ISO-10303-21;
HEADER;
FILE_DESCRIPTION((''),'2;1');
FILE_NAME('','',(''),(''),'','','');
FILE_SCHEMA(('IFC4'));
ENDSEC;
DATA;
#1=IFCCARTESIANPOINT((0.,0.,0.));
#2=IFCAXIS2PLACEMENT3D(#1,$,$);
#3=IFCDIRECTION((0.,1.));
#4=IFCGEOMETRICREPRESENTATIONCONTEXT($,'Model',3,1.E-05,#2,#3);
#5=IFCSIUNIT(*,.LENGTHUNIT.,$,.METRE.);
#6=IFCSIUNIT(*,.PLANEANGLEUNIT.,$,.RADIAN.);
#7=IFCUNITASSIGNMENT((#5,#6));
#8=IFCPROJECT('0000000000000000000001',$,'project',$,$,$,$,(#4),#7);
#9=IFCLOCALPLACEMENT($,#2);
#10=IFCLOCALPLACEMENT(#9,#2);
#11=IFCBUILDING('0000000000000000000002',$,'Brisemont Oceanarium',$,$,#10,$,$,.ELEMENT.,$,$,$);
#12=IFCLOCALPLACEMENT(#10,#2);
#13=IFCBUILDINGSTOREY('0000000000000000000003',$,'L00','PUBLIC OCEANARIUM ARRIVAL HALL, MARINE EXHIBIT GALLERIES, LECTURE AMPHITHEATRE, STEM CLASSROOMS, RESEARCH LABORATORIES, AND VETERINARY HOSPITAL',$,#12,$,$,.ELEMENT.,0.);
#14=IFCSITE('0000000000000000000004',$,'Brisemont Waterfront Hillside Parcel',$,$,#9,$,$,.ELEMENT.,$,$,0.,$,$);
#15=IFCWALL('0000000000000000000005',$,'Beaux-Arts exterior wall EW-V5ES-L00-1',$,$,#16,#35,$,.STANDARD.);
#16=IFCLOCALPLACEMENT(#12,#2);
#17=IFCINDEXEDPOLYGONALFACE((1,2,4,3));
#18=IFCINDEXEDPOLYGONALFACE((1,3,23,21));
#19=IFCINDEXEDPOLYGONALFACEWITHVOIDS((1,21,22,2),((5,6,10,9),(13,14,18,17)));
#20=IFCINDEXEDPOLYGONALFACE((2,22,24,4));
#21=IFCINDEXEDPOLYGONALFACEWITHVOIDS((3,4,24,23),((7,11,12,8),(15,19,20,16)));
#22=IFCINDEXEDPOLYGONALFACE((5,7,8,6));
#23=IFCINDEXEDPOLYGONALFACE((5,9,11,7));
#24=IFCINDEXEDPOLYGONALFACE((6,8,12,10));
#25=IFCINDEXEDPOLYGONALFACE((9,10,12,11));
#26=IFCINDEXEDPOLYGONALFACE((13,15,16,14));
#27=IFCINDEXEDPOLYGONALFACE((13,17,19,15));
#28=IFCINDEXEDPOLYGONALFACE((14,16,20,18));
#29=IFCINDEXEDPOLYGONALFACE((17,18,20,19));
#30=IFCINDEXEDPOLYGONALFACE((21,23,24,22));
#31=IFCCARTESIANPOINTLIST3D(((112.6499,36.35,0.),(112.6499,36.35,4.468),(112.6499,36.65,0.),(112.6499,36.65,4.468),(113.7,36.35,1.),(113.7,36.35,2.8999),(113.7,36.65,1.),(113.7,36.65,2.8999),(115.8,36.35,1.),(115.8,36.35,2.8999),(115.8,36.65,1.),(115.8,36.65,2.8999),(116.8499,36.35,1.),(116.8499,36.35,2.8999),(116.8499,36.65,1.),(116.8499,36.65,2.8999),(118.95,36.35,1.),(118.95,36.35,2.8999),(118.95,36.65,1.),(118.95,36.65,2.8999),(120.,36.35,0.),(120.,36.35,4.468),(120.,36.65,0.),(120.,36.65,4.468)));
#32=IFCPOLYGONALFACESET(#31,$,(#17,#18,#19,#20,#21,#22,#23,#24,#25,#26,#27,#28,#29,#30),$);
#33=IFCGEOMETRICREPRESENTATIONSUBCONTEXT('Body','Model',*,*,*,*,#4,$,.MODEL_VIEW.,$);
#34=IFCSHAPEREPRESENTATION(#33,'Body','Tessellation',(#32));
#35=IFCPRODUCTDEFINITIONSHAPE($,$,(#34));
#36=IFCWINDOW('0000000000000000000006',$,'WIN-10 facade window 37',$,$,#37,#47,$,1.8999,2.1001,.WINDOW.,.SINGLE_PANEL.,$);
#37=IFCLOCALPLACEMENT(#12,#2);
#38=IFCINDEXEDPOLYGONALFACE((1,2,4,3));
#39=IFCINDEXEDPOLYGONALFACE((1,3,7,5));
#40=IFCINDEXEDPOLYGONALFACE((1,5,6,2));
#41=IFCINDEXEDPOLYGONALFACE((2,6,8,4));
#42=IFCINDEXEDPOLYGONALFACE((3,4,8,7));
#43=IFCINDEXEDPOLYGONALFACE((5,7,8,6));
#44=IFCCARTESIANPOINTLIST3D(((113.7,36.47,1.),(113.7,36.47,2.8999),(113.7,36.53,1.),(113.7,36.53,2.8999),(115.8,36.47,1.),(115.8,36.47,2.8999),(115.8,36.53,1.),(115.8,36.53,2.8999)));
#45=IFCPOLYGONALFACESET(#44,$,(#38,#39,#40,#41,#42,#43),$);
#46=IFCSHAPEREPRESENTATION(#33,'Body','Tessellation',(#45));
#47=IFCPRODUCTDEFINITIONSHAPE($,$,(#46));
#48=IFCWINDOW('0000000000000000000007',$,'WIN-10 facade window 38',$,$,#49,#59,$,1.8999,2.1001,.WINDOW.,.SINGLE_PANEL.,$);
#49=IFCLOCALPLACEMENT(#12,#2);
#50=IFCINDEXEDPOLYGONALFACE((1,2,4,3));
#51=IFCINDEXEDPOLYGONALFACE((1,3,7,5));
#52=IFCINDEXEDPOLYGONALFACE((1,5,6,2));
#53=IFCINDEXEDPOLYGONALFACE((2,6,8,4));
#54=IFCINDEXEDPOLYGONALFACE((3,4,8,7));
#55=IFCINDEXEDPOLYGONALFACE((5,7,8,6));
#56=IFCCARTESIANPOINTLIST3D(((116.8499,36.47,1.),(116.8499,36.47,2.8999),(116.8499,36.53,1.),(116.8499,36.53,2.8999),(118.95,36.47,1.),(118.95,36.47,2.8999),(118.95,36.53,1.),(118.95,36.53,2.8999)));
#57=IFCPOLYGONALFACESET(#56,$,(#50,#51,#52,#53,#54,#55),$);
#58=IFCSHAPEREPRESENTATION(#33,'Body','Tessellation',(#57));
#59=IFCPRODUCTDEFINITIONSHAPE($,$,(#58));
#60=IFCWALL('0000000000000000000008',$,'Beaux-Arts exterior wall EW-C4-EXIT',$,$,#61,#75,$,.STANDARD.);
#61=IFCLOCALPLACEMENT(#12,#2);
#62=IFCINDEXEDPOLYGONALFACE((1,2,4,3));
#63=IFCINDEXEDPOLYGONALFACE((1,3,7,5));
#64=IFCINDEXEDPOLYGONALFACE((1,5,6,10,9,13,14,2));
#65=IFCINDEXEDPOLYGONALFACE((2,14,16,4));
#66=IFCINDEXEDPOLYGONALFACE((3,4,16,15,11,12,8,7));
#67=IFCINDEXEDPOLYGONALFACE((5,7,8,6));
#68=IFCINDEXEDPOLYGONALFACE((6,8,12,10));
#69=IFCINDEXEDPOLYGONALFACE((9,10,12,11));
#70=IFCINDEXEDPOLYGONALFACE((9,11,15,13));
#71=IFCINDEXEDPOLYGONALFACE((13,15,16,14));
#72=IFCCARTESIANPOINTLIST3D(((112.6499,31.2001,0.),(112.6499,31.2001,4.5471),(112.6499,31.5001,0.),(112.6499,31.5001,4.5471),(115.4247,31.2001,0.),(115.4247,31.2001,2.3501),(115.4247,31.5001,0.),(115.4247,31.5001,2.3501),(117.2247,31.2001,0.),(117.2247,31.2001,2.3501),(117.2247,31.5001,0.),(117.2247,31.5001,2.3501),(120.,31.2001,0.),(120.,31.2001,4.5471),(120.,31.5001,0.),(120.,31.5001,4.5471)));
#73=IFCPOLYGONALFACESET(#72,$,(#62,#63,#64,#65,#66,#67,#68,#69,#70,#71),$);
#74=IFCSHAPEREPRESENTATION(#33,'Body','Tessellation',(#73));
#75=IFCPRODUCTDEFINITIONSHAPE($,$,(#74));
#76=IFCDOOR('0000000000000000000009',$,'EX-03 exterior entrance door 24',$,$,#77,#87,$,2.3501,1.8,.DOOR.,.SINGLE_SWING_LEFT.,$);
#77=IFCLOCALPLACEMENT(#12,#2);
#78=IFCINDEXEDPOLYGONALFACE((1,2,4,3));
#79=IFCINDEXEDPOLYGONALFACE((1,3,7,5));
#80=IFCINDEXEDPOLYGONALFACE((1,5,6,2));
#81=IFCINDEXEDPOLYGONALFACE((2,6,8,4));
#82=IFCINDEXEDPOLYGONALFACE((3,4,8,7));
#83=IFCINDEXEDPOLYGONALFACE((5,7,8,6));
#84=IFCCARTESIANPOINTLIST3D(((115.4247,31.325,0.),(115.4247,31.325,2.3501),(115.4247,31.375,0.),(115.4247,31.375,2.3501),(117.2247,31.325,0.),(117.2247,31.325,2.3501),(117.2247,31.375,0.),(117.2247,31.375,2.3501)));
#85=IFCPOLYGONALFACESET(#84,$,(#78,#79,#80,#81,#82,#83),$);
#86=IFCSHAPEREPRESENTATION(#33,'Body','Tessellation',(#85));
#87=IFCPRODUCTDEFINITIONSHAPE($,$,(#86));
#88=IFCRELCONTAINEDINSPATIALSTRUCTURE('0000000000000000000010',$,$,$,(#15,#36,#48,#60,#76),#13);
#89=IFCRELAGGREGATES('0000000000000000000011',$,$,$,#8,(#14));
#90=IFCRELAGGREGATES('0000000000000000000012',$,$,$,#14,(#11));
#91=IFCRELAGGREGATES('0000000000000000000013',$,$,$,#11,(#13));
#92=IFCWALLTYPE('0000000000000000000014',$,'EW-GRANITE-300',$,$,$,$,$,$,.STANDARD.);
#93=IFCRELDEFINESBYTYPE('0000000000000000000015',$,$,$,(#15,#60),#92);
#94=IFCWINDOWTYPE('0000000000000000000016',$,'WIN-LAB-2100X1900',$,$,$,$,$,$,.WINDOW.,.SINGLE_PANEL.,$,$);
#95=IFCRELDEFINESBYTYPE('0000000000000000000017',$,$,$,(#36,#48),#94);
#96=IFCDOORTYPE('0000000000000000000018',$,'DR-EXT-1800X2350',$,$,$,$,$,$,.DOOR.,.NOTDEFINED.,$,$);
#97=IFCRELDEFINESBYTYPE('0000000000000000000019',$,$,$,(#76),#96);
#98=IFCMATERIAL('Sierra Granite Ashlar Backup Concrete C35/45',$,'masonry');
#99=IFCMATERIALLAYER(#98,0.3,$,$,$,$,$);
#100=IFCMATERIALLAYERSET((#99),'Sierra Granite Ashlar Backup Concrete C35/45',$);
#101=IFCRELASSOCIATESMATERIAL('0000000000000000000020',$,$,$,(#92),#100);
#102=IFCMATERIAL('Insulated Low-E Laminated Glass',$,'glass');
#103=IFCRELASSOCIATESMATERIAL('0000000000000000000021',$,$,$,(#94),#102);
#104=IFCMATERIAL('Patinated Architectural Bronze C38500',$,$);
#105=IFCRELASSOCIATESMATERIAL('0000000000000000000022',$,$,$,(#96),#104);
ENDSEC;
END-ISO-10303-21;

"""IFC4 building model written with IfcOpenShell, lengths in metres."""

from ifc_helpers import new_model, si_unit, direction, frame, frame_2d, origin, place, context, subcontext, project, spatial, rectangle, extrude, material, layer, layer_set, type_object, element, fill, save


model = new_model("IFC4")

# Units and contexts
model_context = context("Model", 3, precision=1e-05, world=origin(), true_north=direction((0.0, 1.0)))
body_context = subcontext(model_context, "Body", "Model", "MODEL_VIEW")
ifc_project = project(units=[si_unit("LENGTHUNIT", "METRE"), si_unit("PLANEANGLEUNIT", "RADIAN")], contexts=[model_context])

# Site, building, storey
site_placement = place(None, origin())
site = spatial("IfcSite", under=ifc_project, at=site_placement, Name="Brisemont Waterfront Hillside Parcel", CompositionType="ELEMENT", RefElevation=0.0)
building_placement = place(site_placement, origin())
building = spatial("IfcBuilding", under=site, at=building_placement, Name="Brisemont Oceanarium", CompositionType="ELEMENT")
storey_placement = place(building_placement, origin())
storey = spatial("IfcBuildingStorey", under=building, at=storey_placement, Name="L00", Description="PUBLIC OCEANARIUM ARRIVAL HALL, MARINE EXHIBIT GALLERIES, LECTURE AMPHITHEATRE, STEM CLASSROOMS, RESEARCH LABORATORIES, AND VETERINARY HOSPITAL", CompositionType="ELEMENT", Elevation=0.0)

# Wall, openings, windows
ifc_material_1 = material(Name="Sierra Granite Ashlar Backup Concrete C35/45", Category="masonry")
ifc_layer_1 = layer(ifc_material_1, 0.3)
ifc_layer_set_1 = layer_set([ifc_layer_1], Name="Sierra Granite Ashlar Backup Concrete C35/45")
wall_type = type_object("IfcWallType", Name="EW-GRANITE-300", PredefinedType="STANDARD", material=ifc_layer_set_1)
wall_1_placement = place(storey_placement, frame((112.6499, 36.5, 0.0), z_axis=(0.0, 0.0, 1.0), x_axis=(1.0, 0.0, 0.0)))
wall_1 = element("IfcWall", 1, at=wall_1_placement, inside=storey, type_object=wall_type, Name="Beaux-Arts exterior wall EW-V5ES-L00-1", PredefinedType="STANDARD", context=body_context, shape_type="SweptSolid", body=[
    extrude(rectangle(XDim=7.3501, YDim=0.3, at=frame_2d((3.675, 0.0))), origin(), (0.0, 0.0, 1.0), 4.468),
])
opening_1_placement = place(wall_1_placement, frame((1.05, 0.0, 1.0)))
opening_1 = element("IfcOpeningElement", 2, at=opening_1_placement, cuts=wall_1, PredefinedType="OPENING", context=body_context, shape_type="SweptSolid", body=[
    extrude(rectangle(XDim=2.1001, YDim=1.8999, at=frame_2d((1.05, 0.95))), frame((0.0, 0.1599, 0.0), z_axis=(0.0, -1.0, 0.0), x_axis=(1.0, 0.0, 0.0)), (0.0, 0.0, 1.0), 0.3201),
])
opening_2_placement = place(wall_1_placement, frame((4.2, 0.0, 1.0)))
opening_2 = element("IfcOpeningElement", 3, at=opening_2_placement, cuts=wall_1, PredefinedType="OPENING", context=body_context, shape_type="SweptSolid", body=[
    extrude(rectangle(XDim=2.1001, YDim=1.8999, at=frame_2d((1.05, 0.95))), frame((0.0, 0.1599, 0.0), z_axis=(0.0, -1.0, 0.0), x_axis=(1.0, 0.0, 0.0)), (0.0, 0.0, 1.0), 0.3201),
])
ifc_material_2 = material(Name="Insulated Low-E Laminated Glass", Category="glass")
window_type = type_object("IfcWindowType", Name="WIN-LAB-2100X1900", PartitioningType="SINGLE_PANEL", PredefinedType="WINDOW", material=ifc_material_2)
window_1_placement = place(opening_1_placement, origin())
window_1 = element("IfcWindow", 4, at=window_1_placement, inside=storey, type_object=window_type, Name="WIN-10 facade window 37", OverallHeight=1.8999, OverallWidth=2.1001, PartitioningType="SINGLE_PANEL", PredefinedType="WINDOW", context=body_context, shape_type="SweptSolid", body=[
    extrude(rectangle(XDim=2.1001, YDim=1.8999, at=frame_2d((1.05, 0.95))), frame((0.0, 0.03, 0.0), z_axis=(0.0, -1.0, 0.0), x_axis=(1.0, 0.0, 0.0)), (0.0, 0.0, 1.0), 0.0601),
])
fill(opening_1, window_1)
window_2_placement = place(opening_2_placement, origin())
window_2 = element("IfcWindow", 5, at=window_2_placement, inside=storey, type_object=window_type, Name="WIN-10 facade window 38", OverallHeight=1.8999, OverallWidth=2.1001, PartitioningType="SINGLE_PANEL", PredefinedType="WINDOW", context=body_context, shape_type="SweptSolid", body=[
    extrude(rectangle(XDim=2.1001, YDim=1.8999, at=frame_2d((1.05, 0.95))), frame((0.0, 0.03, 0.0), z_axis=(0.0, -1.0, 0.0), x_axis=(1.0, 0.0, 0.0)), (0.0, 0.0, 1.0), 0.0601),
])
fill(opening_2, window_2)

# Wall, opening, door
wall_2_placement = place(storey_placement, frame((112.6499, 31.3501, 0.0), z_axis=(0.0, 0.0, 1.0), x_axis=(1.0, 0.0, 0.0)))
wall_2 = element("IfcWall", 6, at=wall_2_placement, inside=storey, type_object=wall_type, Name="Beaux-Arts exterior wall EW-C4-EXIT", PredefinedType="STANDARD", context=body_context, shape_type="SweptSolid", body=[
    extrude(rectangle(XDim=7.3501, YDim=0.3, at=frame_2d((3.675, 0.0))), origin(), (0.0, 0.0, 1.0), 4.5471),
])
opening_3_placement = place(wall_2_placement, frame((2.7749, 0.0, 0.0)))
opening_3 = element("IfcOpeningElement", 7, at=opening_3_placement, cuts=wall_2, PredefinedType="OPENING", context=body_context, shape_type="SweptSolid", body=[
    extrude(rectangle(XDim=1.8, YDim=2.3501, at=frame_2d((0.8999, 1.175))), frame((0.0, 0.1599, 0.0), z_axis=(0.0, -1.0, 0.0), x_axis=(1.0, 0.0, 0.0)), (0.0, 0.0, 1.0), 0.3201),
])
ifc_material_3 = material(Name="Patinated Architectural Bronze C38500")
door_type = type_object("IfcDoorType", Name="DR-EXT-1800X2350", OperationType="NOTDEFINED", PredefinedType="DOOR", material=ifc_material_3)
door_placement = place(opening_3_placement, origin())
door = element("IfcDoor", 8, at=door_placement, inside=storey, type_object=door_type, Name="EX-03 exterior entrance door 24", OperationType="SINGLE_SWING_LEFT", OverallHeight=2.3501, OverallWidth=1.8, PredefinedType="DOOR", context=body_context, shape_type="SweptSolid", body=[
    extrude(rectangle(XDim=1.8, YDim=2.3501, at=frame_2d((0.8999, 1.175))), frame((0.0, 0.0249, 0.0), z_axis=(0.0, -1.0, 0.0), x_axis=(1.0, 0.0, 0.0)), (0.0, 0.0, 1.0), 0.05),
])
fill(opening_3, door)

save(model, "model.ifc")
